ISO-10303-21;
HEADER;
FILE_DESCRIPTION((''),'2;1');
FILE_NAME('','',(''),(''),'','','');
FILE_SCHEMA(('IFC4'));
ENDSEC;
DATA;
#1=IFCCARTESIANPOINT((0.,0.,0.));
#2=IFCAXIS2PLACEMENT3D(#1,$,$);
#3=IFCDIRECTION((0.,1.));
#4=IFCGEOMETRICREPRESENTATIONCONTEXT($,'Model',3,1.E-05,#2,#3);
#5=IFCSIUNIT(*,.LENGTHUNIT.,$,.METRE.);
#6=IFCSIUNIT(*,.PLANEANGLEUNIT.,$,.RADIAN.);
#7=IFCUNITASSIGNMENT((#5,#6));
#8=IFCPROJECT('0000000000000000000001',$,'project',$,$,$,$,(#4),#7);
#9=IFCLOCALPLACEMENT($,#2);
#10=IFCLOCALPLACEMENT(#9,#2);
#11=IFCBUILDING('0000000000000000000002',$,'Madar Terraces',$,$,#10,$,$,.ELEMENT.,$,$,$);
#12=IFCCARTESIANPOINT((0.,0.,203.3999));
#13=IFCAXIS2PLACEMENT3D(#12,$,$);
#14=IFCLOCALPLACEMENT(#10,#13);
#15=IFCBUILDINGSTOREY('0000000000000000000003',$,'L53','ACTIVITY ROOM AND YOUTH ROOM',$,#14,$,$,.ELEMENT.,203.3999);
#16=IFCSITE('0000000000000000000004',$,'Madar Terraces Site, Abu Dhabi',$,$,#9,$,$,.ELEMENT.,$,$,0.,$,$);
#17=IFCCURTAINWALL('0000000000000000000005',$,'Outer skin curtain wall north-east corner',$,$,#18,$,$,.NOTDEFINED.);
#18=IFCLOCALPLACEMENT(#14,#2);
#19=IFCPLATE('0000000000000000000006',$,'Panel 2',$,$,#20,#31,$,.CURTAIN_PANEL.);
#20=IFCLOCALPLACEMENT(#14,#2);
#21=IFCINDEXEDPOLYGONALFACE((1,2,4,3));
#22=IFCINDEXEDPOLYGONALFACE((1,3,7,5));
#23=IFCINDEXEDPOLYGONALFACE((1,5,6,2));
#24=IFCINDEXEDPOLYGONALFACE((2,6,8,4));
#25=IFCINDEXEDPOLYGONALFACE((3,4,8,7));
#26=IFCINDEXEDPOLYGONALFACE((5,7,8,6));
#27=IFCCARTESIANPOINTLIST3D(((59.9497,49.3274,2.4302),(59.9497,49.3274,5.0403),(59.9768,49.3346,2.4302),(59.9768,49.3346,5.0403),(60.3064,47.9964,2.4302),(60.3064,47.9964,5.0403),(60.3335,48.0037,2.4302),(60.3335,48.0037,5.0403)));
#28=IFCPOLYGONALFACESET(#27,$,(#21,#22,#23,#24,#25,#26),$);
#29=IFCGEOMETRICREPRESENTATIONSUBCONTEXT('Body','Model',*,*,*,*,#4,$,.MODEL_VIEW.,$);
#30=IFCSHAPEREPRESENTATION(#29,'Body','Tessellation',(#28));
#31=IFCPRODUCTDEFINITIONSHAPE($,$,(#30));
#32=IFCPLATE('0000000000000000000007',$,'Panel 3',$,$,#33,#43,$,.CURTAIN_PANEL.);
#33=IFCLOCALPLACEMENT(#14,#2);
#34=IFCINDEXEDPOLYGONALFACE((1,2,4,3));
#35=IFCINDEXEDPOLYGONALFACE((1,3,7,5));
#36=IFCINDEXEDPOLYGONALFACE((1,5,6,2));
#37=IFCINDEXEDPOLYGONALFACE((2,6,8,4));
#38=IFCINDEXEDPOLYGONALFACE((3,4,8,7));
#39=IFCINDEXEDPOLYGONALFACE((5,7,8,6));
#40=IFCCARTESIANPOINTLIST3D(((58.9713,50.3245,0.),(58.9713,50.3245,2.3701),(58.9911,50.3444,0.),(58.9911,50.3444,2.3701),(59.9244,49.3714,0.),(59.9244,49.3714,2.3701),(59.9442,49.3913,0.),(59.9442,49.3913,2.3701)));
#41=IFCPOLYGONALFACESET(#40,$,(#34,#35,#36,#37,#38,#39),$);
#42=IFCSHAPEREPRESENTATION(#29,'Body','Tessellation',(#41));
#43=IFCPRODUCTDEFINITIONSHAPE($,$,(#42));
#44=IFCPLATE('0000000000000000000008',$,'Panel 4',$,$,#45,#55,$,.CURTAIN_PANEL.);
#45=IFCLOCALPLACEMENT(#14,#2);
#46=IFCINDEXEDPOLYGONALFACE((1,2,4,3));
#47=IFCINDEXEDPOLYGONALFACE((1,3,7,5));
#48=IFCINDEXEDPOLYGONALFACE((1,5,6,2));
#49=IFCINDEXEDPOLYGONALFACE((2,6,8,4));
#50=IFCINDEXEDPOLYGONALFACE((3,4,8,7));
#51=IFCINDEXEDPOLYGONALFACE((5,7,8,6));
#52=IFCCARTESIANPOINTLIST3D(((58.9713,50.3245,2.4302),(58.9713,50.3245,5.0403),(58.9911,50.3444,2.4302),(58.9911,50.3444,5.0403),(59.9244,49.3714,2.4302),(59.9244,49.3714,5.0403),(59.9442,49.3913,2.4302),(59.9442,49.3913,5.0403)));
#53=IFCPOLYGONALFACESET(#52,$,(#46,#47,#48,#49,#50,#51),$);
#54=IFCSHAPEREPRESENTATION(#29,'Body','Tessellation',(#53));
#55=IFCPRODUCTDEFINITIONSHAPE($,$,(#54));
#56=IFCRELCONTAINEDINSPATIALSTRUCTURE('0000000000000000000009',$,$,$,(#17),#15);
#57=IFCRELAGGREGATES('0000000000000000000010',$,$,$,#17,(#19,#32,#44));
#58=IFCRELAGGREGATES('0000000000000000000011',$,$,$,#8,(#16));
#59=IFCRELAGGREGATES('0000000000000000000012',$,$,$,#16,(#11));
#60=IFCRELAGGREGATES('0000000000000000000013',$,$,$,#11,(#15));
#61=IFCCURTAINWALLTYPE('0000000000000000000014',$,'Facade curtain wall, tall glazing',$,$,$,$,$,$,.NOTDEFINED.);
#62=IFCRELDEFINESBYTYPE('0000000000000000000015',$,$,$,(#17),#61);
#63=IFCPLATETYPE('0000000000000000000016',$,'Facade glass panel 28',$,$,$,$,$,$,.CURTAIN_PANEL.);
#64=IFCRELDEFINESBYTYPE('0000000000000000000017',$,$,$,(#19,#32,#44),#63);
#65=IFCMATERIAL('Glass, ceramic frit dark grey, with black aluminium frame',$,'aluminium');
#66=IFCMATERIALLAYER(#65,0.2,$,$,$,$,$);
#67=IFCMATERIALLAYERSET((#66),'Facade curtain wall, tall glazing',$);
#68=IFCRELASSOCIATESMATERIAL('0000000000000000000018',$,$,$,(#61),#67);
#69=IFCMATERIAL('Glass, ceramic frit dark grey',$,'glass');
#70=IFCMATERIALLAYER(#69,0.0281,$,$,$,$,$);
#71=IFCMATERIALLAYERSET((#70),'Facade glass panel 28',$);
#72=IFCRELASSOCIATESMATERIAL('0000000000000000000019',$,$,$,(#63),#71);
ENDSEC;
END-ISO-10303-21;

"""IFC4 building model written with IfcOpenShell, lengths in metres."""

from ifc_helpers import new_model, si_unit, direction, frame, origin, origin_2d, place, context, subcontext, project, spatial, rectangle, extrude, material, layer, layer_set, type_object, element, aggregate, save


model = new_model("IFC4")

# Units and contexts
model_context = context("Model", 3, precision=1e-05, world=origin(), true_north=direction((0.0, 1.0)))
body_context = subcontext(model_context, "Body", "Model", "MODEL_VIEW")
ifc_project = project(units=[si_unit("LENGTHUNIT", "METRE"), si_unit("PLANEANGLEUNIT", "RADIAN")], contexts=[model_context])

# Site, building, storey
site_placement = place(None, origin())
site = spatial("IfcSite", under=ifc_project, at=site_placement, Name="Madar Terraces Site, Abu Dhabi", CompositionType="ELEMENT", RefElevation=0.0)
building_placement = place(site_placement, origin())
building = spatial("IfcBuilding", under=site, at=building_placement, Name="Madar Terraces", CompositionType="ELEMENT")
storey_placement = place(building_placement, frame((0.0, 0.0, 203.3999)))
storey = spatial("IfcBuildingStorey", under=building, at=storey_placement, Name="L53", Description="ACTIVITY ROOM AND YOUTH ROOM", CompositionType="ELEMENT", Elevation=203.3999)

# Curtain wall
ifc_material_1 = material(Name="Glass, ceramic frit dark grey, with black aluminium frame", Category="aluminium")
ifc_layer_1 = layer(ifc_material_1, 0.2)
ifc_layer_set_1 = layer_set([ifc_layer_1], Name="Facade curtain wall, tall glazing")
curtain_wall_type = type_object("IfcCurtainWallType", Name="Facade curtain wall, tall glazing", PredefinedType="NOTDEFINED", material=ifc_layer_set_1)
curtain_wall_1_placement = place(storey_placement, origin())
curtain_wall_1 = element("IfcCurtainWall", 1, at=curtain_wall_1_placement, inside=storey, type_object=curtain_wall_type, Name="Outer skin curtain wall north-east corner", PredefinedType="NOTDEFINED")

# Shared definitions
ifc_material_2 = material(Name="Glass, ceramic frit dark grey", Category="glass")
ifc_layer_2 = layer(ifc_material_2, 0.0281)
ifc_layer_set_2 = layer_set([ifc_layer_2], Name="Facade glass panel 28")
plate_type = type_object("IfcPlateType", Name="Facade glass panel 28", PredefinedType="CURTAIN_PANEL", material=ifc_layer_set_2)

# Plates
plate_1_placement = place(storey_placement, frame((60.1416, 48.6655, 2.4302), z_axis=(0.0, 0.0, 1.0), x_axis=(-0.258819, 0.965926, 0.0)))
plate_1 = element("IfcPlate", 2, at=plate_1_placement, type_object=plate_type, Name="Panel 2", PredefinedType="CURTAIN_PANEL", context=body_context, shape_type="SweptSolid", body=[
    extrude(rectangle(XDim=1.3779, YDim=0.0281, at=origin_2d()), origin(), (0.0, 0.0, 1.0), 2.6101),
])
plate_2_placement = place(storey_placement, frame((59.4578, 49.8579, 0.0), z_axis=(0.0, 0.0, 1.0), x_axis=(-0.707107, 0.707107, 0.0)))
plate_2 = element("IfcPlate", 3, at=plate_2_placement, type_object=plate_type, Name="Panel 3", PredefinedType="CURTAIN_PANEL", context=body_context, shape_type="SweptSolid", body=[
    extrude(rectangle(XDim=1.3479, YDim=0.0281, at=origin_2d()), origin(), (0.0, 0.0, 1.0), 2.3701),
])
plate_3_placement = place(storey_placement, frame((59.4578, 49.8579, 2.4302), z_axis=(0.0, 0.0, 1.0), x_axis=(-0.707107, 0.707107, 0.0)))
plate_3 = element("IfcPlate", 4, at=plate_3_placement, type_object=plate_type, Name="Panel 4", PredefinedType="CURTAIN_PANEL", context=body_context, shape_type="SweptSolid", body=[
    extrude(rectangle(XDim=1.3479, YDim=0.0281, at=origin_2d()), origin(), (0.0, 0.0, 1.0), 2.6101),
])
aggregate(curtain_wall_1, [plate_1, plate_2, plate_3])

save(model, "model.ifc")
